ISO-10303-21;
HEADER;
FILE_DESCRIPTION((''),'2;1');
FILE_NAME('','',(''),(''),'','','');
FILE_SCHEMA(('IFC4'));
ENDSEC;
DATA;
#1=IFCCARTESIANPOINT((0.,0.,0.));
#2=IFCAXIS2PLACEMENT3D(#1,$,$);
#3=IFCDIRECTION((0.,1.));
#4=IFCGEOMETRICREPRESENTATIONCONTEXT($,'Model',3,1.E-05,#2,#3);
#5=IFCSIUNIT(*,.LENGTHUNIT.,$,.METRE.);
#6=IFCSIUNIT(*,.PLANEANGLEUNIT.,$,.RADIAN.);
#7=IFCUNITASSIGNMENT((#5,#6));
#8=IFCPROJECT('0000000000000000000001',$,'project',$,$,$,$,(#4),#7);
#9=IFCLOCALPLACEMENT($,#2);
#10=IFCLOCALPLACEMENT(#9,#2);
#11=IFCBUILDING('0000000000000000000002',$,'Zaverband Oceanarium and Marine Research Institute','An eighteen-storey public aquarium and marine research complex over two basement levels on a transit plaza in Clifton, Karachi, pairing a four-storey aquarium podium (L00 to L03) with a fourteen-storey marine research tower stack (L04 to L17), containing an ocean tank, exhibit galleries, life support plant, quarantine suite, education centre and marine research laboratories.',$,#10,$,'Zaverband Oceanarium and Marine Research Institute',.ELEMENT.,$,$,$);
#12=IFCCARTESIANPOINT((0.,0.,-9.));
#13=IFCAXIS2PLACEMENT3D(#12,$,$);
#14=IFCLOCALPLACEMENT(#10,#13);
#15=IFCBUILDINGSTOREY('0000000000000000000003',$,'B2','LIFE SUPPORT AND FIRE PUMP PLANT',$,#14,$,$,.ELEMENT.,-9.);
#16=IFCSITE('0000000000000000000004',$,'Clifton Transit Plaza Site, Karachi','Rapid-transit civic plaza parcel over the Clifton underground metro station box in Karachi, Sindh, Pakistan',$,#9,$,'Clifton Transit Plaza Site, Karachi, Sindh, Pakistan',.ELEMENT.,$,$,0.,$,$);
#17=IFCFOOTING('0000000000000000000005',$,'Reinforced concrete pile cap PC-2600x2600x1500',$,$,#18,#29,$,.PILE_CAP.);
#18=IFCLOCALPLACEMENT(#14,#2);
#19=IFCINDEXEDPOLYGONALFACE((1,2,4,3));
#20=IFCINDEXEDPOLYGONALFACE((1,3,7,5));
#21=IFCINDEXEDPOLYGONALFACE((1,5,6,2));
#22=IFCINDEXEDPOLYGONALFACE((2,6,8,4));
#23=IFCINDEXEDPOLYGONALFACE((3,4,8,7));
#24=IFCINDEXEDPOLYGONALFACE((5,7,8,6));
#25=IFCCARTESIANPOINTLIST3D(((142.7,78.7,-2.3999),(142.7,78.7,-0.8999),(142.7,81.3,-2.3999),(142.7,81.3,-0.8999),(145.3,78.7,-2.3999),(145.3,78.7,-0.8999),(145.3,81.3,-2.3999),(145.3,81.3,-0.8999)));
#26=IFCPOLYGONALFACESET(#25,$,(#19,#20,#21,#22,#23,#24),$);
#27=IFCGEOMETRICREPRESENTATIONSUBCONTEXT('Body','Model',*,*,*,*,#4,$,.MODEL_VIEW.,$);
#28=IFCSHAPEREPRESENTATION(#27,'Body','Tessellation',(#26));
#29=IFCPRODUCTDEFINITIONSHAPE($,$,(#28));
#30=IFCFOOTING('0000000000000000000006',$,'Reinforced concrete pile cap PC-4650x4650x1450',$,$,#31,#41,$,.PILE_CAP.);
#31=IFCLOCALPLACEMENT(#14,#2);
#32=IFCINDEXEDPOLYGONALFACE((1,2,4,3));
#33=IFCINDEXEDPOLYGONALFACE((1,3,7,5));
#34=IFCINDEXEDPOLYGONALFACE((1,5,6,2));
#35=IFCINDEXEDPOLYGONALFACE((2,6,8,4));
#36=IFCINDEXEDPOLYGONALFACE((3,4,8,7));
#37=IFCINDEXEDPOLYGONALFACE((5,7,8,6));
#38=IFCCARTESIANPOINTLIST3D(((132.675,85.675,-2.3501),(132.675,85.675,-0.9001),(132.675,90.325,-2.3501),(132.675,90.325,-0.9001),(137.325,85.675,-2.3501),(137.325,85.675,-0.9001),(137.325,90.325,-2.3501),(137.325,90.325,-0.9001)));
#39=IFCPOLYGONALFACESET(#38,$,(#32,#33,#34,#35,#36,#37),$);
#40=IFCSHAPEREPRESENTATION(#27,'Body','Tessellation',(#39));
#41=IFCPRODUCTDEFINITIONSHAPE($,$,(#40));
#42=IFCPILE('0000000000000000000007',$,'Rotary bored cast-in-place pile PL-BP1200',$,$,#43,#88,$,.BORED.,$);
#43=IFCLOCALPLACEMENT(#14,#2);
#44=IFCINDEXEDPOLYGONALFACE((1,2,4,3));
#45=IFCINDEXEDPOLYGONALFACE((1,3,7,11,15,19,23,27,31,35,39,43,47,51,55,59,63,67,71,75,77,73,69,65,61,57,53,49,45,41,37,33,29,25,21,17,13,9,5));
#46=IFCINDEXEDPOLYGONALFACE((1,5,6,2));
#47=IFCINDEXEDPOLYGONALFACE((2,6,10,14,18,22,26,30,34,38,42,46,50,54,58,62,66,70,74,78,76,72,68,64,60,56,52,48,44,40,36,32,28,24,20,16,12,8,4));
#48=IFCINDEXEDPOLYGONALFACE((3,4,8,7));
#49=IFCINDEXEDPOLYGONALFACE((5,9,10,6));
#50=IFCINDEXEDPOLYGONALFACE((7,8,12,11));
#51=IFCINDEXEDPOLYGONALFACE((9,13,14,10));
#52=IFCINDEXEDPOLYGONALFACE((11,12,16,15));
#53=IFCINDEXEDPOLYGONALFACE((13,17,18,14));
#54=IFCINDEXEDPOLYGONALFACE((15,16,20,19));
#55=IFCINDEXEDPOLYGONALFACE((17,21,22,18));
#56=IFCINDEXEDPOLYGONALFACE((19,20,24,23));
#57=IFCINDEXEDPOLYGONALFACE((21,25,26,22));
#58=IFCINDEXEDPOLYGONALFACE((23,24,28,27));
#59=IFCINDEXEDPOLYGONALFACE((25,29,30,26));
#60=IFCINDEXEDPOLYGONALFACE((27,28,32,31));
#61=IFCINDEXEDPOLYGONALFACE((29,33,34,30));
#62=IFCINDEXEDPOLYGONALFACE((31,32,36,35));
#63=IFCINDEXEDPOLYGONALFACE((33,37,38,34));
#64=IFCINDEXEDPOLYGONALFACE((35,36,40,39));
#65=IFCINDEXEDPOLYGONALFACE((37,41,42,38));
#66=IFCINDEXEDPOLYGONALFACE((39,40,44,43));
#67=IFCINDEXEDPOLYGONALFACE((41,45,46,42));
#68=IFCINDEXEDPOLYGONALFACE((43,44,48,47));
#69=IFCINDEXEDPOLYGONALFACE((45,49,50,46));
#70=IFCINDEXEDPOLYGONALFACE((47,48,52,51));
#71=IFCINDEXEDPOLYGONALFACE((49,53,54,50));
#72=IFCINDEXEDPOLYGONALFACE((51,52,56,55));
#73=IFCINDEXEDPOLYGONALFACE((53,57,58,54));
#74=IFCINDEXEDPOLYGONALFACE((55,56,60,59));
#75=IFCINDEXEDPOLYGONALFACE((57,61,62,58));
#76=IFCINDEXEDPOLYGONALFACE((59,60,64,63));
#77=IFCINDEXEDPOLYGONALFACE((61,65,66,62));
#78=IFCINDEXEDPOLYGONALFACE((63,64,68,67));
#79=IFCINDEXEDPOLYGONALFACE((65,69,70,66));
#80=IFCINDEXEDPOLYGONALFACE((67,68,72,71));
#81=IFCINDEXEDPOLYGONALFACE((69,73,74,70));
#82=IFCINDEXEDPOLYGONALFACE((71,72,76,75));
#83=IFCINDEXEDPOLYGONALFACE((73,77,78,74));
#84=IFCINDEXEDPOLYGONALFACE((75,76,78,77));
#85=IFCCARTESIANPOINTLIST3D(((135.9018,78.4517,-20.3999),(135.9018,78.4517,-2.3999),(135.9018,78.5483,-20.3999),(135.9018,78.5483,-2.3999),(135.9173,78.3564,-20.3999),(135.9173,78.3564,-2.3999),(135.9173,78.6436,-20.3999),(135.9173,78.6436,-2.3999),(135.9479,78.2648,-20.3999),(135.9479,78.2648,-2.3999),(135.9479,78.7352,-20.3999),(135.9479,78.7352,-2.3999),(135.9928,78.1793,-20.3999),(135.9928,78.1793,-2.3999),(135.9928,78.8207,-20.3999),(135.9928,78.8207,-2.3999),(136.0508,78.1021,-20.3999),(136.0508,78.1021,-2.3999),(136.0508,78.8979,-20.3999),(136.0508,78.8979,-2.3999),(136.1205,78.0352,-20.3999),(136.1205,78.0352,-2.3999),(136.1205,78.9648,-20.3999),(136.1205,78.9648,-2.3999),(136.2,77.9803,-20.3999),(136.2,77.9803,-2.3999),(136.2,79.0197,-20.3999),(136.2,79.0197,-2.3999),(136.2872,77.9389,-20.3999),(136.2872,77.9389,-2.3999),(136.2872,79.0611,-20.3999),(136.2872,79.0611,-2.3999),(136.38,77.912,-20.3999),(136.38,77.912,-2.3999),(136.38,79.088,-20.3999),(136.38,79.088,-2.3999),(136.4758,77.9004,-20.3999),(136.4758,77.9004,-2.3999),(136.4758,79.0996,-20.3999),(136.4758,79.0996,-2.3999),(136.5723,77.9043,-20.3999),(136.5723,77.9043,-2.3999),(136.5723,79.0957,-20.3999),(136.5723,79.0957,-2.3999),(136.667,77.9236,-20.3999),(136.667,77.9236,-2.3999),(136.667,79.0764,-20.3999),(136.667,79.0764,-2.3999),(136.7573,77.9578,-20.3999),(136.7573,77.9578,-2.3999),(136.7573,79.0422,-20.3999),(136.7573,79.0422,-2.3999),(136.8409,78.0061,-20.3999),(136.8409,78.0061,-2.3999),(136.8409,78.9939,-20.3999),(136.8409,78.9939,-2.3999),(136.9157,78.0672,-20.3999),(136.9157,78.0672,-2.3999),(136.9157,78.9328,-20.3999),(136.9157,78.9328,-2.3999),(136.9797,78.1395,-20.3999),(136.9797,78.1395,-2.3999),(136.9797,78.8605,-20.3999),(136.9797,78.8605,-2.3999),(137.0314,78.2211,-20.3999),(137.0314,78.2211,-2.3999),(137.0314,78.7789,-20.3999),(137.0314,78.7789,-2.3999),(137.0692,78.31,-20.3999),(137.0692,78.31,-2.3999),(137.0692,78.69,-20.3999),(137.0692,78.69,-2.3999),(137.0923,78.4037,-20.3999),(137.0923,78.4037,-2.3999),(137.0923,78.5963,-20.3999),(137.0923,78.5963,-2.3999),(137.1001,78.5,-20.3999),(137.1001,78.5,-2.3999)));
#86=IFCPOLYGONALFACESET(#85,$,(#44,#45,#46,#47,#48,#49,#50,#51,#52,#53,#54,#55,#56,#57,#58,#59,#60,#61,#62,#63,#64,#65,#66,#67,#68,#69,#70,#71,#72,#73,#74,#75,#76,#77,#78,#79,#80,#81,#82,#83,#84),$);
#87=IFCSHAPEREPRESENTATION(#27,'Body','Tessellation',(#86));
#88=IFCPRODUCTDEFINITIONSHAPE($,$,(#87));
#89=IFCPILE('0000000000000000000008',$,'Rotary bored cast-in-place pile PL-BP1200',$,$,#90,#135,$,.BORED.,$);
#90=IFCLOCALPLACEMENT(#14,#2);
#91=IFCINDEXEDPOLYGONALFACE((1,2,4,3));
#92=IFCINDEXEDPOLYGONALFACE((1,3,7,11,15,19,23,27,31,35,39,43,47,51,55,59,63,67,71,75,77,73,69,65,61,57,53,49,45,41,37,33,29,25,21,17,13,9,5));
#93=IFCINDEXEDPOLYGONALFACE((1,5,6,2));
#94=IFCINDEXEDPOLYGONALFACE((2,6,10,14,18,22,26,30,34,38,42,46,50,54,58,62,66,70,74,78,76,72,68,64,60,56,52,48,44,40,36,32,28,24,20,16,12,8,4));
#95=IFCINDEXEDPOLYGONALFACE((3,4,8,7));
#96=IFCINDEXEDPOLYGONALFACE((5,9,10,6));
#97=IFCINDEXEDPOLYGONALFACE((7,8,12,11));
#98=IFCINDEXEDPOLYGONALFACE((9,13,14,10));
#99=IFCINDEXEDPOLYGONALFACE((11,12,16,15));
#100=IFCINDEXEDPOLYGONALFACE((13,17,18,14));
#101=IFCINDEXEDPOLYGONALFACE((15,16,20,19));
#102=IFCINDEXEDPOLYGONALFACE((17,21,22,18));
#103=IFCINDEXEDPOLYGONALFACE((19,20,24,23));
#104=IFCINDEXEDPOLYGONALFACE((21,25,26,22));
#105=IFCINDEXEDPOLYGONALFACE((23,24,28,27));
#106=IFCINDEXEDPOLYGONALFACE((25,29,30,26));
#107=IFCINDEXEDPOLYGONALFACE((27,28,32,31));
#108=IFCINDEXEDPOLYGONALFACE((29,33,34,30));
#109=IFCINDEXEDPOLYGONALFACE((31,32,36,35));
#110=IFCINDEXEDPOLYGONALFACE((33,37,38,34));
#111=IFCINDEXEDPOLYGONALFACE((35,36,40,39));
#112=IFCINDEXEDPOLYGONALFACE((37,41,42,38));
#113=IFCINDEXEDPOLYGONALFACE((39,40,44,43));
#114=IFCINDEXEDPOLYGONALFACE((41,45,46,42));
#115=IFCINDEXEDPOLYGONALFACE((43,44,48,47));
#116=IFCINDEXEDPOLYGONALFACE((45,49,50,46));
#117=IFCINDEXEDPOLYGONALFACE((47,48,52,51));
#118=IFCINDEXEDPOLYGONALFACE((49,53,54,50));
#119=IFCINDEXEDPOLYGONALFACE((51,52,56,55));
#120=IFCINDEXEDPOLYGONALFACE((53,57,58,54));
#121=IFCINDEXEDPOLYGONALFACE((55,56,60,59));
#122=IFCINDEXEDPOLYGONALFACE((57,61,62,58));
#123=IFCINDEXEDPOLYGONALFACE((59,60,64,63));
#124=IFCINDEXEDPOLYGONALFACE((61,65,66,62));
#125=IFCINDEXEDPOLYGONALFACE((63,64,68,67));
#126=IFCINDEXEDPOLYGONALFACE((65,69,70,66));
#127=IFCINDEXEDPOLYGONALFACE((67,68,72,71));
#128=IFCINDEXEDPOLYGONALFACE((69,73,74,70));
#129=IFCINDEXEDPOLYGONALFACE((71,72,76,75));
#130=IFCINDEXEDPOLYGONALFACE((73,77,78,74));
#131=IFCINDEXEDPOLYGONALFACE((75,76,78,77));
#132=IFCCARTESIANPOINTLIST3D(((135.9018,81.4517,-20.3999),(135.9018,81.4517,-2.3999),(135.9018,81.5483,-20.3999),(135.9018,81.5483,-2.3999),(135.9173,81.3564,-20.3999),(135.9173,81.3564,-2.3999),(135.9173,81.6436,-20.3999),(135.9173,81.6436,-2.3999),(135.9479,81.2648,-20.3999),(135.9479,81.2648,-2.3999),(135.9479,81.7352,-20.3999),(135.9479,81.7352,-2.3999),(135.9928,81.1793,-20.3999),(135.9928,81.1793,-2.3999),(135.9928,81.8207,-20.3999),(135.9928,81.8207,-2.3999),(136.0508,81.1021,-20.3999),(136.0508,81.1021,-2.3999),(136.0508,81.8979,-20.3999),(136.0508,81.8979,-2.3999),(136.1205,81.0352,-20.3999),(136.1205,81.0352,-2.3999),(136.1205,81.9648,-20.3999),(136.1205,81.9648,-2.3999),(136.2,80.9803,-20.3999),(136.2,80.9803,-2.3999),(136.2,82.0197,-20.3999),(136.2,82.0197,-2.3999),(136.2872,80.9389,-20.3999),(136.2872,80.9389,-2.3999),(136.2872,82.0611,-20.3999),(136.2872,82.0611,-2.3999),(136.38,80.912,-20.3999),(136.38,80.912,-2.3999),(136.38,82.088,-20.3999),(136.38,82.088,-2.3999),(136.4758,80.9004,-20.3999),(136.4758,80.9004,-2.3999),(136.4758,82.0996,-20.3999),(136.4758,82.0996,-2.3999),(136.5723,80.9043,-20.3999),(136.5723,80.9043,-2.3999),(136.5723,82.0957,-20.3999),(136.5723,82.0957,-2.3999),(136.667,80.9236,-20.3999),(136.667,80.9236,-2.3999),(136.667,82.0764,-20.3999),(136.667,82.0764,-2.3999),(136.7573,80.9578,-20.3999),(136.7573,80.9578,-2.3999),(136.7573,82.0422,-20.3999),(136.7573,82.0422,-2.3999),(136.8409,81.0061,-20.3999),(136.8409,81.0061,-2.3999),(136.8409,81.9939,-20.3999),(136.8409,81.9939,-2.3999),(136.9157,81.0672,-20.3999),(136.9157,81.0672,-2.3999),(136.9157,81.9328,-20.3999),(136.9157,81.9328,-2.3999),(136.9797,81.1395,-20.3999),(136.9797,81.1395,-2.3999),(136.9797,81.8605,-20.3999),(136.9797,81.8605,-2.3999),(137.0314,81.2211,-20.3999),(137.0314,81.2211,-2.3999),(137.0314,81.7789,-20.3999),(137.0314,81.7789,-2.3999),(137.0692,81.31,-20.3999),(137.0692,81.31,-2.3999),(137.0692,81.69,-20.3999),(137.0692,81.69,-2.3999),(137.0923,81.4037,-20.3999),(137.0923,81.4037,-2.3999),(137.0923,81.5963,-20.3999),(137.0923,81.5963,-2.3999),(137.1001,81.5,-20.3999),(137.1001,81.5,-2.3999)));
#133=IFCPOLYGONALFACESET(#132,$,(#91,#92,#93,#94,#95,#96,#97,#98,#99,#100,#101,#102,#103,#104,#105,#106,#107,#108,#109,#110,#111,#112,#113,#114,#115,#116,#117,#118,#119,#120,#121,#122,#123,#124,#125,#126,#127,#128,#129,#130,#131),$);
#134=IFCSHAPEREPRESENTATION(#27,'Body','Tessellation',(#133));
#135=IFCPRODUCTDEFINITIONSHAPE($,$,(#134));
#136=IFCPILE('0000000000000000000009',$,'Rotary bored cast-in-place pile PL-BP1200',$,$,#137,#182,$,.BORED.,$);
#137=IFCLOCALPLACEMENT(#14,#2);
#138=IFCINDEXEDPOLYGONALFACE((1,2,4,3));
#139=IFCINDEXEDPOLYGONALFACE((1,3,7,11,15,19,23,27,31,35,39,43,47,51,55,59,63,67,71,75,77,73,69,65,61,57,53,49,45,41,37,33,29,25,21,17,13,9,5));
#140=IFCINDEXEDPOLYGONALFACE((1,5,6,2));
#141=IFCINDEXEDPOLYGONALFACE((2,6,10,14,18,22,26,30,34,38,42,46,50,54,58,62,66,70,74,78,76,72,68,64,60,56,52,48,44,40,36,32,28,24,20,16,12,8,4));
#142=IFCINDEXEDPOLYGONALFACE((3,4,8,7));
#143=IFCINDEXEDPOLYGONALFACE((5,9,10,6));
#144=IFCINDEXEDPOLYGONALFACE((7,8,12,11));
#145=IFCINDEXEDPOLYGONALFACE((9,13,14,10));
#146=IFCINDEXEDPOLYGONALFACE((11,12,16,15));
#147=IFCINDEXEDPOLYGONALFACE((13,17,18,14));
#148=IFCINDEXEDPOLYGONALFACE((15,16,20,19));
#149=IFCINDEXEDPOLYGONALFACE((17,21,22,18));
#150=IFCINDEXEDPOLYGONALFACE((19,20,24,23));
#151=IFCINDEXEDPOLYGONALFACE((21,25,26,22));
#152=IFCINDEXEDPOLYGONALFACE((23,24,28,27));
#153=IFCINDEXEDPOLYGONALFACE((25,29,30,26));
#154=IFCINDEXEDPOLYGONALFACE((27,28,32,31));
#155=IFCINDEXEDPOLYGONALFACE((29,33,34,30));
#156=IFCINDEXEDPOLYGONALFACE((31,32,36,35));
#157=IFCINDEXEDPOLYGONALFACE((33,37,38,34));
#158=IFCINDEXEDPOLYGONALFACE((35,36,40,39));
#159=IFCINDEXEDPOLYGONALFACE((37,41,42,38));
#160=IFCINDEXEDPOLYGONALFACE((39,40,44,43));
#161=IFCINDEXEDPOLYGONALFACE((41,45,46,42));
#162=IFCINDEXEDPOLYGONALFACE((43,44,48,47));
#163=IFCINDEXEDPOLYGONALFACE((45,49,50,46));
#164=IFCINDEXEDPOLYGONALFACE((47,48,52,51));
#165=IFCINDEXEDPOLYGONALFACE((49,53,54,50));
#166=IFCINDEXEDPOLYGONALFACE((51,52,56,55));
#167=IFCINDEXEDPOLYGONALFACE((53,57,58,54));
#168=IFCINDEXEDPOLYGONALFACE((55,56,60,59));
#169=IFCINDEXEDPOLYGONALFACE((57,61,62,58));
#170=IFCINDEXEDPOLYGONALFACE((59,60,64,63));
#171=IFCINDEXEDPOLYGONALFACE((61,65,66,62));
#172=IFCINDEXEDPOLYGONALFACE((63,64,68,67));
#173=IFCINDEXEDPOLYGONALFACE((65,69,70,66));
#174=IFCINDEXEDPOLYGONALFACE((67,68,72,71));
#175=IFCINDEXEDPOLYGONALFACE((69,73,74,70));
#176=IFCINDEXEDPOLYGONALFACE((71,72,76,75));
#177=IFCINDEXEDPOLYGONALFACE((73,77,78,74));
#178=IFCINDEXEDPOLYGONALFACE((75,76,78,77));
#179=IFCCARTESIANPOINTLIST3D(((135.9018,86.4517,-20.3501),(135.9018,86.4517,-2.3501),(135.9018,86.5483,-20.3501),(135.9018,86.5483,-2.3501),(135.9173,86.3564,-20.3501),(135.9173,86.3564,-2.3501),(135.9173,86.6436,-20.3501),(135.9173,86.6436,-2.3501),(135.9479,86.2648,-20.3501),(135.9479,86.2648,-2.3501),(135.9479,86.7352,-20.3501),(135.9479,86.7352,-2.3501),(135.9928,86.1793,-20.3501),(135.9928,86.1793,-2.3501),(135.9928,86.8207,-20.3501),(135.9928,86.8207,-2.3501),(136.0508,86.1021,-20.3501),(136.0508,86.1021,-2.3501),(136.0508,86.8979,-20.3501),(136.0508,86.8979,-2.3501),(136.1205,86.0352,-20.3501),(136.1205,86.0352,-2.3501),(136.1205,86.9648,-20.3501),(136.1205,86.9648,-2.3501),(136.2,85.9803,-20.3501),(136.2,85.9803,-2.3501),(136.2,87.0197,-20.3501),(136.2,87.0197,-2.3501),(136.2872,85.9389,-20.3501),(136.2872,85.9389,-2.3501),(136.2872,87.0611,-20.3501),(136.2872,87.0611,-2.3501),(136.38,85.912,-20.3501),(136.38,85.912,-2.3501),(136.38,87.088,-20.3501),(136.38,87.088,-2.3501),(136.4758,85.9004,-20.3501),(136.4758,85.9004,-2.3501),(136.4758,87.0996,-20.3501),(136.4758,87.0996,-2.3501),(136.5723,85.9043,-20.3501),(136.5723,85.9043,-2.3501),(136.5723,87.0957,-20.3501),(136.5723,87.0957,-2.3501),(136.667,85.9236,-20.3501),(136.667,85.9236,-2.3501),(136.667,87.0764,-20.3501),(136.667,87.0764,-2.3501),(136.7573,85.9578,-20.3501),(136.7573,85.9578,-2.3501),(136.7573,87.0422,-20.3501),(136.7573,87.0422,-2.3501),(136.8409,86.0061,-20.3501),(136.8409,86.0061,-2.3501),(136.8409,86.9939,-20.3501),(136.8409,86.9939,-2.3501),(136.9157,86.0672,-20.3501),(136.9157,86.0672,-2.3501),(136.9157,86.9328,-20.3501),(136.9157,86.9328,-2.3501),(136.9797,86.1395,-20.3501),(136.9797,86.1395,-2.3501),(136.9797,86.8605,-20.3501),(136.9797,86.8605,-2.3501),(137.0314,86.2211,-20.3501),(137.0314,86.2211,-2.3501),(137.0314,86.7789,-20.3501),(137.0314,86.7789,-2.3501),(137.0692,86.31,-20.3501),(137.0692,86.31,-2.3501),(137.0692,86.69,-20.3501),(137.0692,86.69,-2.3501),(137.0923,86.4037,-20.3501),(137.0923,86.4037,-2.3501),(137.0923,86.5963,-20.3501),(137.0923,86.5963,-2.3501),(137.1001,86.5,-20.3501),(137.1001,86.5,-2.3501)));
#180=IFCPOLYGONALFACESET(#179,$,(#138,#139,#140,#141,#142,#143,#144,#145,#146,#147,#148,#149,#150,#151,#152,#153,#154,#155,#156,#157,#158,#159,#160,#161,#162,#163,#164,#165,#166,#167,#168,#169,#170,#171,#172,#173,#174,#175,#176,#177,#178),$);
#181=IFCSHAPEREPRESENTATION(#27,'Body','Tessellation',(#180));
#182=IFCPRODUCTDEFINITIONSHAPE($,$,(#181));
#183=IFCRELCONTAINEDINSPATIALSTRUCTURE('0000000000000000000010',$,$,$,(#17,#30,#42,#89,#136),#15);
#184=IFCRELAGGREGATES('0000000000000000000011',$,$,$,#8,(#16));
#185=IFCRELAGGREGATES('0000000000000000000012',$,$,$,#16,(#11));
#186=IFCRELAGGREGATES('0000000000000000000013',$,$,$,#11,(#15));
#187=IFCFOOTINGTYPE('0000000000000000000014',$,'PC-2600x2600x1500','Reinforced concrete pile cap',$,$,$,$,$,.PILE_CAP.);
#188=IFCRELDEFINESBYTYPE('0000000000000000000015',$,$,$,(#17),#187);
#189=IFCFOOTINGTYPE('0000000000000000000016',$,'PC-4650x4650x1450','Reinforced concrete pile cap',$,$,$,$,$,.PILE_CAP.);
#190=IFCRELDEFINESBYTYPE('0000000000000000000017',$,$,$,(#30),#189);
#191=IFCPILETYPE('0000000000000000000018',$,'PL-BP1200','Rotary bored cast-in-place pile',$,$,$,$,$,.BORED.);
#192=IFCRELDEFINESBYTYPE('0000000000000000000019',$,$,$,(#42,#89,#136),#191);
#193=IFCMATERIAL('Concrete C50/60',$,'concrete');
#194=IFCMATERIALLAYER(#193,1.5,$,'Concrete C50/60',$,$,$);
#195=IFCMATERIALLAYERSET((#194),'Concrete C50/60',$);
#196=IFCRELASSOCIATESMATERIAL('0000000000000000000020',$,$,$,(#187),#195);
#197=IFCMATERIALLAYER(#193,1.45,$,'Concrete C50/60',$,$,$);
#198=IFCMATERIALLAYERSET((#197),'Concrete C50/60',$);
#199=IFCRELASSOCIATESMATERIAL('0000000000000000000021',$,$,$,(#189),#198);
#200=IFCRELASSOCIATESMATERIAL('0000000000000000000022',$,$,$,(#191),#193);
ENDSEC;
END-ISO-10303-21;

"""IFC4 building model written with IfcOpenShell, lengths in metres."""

from ifc_helpers import new_model, si_unit, direction, frame, origin, origin_2d, place, context, subcontext, project, spatial, rectangle, circle, extrude, material, layer, layer_set, material_profile, profile_set, type_object, element, save


model = new_model("IFC4")

# Units and contexts
model_context = context("Model", 3, precision=1e-05, world=origin(), true_north=direction((0.0, 1.0)))
body_context = subcontext(model_context, "Body", "Model", "MODEL_VIEW")
ifc_project = project(units=[si_unit("LENGTHUNIT", "METRE"), si_unit("PLANEANGLEUNIT", "RADIAN")], contexts=[model_context])

# Site, building, storey
site_placement = place(None, origin())
site = spatial("IfcSite", under=ifc_project, at=site_placement, Name="Clifton Transit Plaza Site, Karachi", Description="Rapid-transit civic plaza parcel over the Clifton underground metro station box in Karachi, Sindh, Pakistan", LongName="Clifton Transit Plaza Site, Karachi, Sindh, Pakistan", CompositionType="ELEMENT", RefElevation=0.0)
building_placement = place(site_placement, origin())
building = spatial("IfcBuilding", under=site, at=building_placement, Name="Zaverband Oceanarium and Marine Research Institute", Description="An eighteen-storey public aquarium and marine research complex over two basement levels on a transit plaza in Clifton, Karachi, pairing a four-storey aquarium podium (L00 to L03) with a fourteen-storey marine research tower stack (L04 to L17), containing an ocean tank, exhibit galleries, life support plant, quarantine suite, education centre and marine research laboratories.", LongName="Zaverband Oceanarium and Marine Research Institute", CompositionType="ELEMENT")
storey_placement = place(building_placement, frame((0.0, 0.0, -9.0)))
storey = spatial("IfcBuildingStorey", under=building, at=storey_placement, Name="B2", Description="LIFE SUPPORT AND FIRE PUMP PLANT", CompositionType="ELEMENT", Elevation=-9.0)

# Footings
ifc_material_1 = material(Name="Concrete C50/60", Category="concrete")
ifc_layer_1 = layer(ifc_material_1, 1.5, Name="Concrete C50/60")
ifc_layer_set_1 = layer_set([ifc_layer_1], Name="Concrete C50/60")
footing_type_1 = type_object("IfcFootingType", Name="PC-2600x2600x1500", Description="Reinforced concrete pile cap", PredefinedType="PILE_CAP", material=ifc_layer_set_1)
footing_1_placement = place(storey_placement, frame((144.0, 80.0, -2.3999), z_axis=(0.0, 0.0, 1.0), x_axis=(1.0, 0.0, 0.0)))
element("IfcFooting", 1, at=footing_1_placement, inside=storey, type_object=footing_type_1, Name="Reinforced concrete pile cap PC-2600x2600x1500", PredefinedType="PILE_CAP", context=body_context, shape_type="SweptSolid", body=[
    extrude(rectangle(XDim=2.6001, YDim=2.6001, at=origin_2d()), origin(), (0.0, 0.0, 1.0), 1.5),
])
ifc_layer_2 = layer(ifc_material_1, 1.45, Name="Concrete C50/60")
ifc_layer_set_2 = layer_set([ifc_layer_2], Name="Concrete C50/60")
footing_type_2 = type_object("IfcFootingType", Name="PC-4650x4650x1450", Description="Reinforced concrete pile cap", PredefinedType="PILE_CAP", material=ifc_layer_set_2)
footing_2_placement = place(storey_placement, frame((135.0, 88.0, -2.3501), z_axis=(0.0, 0.0, 1.0), x_axis=(1.0, 0.0, 0.0)))
element("IfcFooting", 2, at=footing_2_placement, inside=storey, type_object=footing_type_2, Name="Reinforced concrete pile cap PC-4650x4650x1450", PredefinedType="PILE_CAP", context=body_context, shape_type="SweptSolid", body=[
    extrude(rectangle(XDim=4.6499, YDim=4.6499, at=origin_2d()), origin(), (0.0, 0.0, 1.0), 1.45),
])

# Piles
ifc_material_profile_1 = material_profile(ifc_material_1, circle(Radius=0.6001, at=origin_2d()), Name="BP1200")
ifc_profile_set_1 = profile_set([ifc_material_profile_1], Name="Concrete C50/60")
pile_type = type_object("IfcPileType", Name="PL-BP1200", Description="Rotary bored cast-in-place pile", PredefinedType="BORED", material=ifc_profile_set_1)
for number, where, z_axis, x_axis, name in (
    (3, (136.5, 78.5, -2.3999), (0.0, 0.0, -1.0), (1.0, 0.0, 0.0), "Rotary bored cast-in-place pile PL-BP1200"),
    (4, (136.5, 81.5, -2.3999), (0.0, 0.0, -1.0), (1.0, 0.0, 0.0), "Rotary bored cast-in-place pile PL-BP1200"),
    (5, (136.5, 86.5, -2.3501), (0.0, 0.0, -1.0), (1.0, 0.0, 0.0), "Rotary bored cast-in-place pile PL-BP1200"),
):
    element("IfcPile", number, at=place(storey_placement, frame(where, z_axis=z_axis, x_axis=x_axis)), inside=storey, type_object=pile_type, Name=name, PredefinedType="BORED", context=body_context, shape_type="SweptSolid", body=[
        extrude(circle(Radius=0.6001, at=origin_2d()), origin(), (0.0, 0.0, 1.0), 18.0),
    ])

save(model, "model.ifc")
